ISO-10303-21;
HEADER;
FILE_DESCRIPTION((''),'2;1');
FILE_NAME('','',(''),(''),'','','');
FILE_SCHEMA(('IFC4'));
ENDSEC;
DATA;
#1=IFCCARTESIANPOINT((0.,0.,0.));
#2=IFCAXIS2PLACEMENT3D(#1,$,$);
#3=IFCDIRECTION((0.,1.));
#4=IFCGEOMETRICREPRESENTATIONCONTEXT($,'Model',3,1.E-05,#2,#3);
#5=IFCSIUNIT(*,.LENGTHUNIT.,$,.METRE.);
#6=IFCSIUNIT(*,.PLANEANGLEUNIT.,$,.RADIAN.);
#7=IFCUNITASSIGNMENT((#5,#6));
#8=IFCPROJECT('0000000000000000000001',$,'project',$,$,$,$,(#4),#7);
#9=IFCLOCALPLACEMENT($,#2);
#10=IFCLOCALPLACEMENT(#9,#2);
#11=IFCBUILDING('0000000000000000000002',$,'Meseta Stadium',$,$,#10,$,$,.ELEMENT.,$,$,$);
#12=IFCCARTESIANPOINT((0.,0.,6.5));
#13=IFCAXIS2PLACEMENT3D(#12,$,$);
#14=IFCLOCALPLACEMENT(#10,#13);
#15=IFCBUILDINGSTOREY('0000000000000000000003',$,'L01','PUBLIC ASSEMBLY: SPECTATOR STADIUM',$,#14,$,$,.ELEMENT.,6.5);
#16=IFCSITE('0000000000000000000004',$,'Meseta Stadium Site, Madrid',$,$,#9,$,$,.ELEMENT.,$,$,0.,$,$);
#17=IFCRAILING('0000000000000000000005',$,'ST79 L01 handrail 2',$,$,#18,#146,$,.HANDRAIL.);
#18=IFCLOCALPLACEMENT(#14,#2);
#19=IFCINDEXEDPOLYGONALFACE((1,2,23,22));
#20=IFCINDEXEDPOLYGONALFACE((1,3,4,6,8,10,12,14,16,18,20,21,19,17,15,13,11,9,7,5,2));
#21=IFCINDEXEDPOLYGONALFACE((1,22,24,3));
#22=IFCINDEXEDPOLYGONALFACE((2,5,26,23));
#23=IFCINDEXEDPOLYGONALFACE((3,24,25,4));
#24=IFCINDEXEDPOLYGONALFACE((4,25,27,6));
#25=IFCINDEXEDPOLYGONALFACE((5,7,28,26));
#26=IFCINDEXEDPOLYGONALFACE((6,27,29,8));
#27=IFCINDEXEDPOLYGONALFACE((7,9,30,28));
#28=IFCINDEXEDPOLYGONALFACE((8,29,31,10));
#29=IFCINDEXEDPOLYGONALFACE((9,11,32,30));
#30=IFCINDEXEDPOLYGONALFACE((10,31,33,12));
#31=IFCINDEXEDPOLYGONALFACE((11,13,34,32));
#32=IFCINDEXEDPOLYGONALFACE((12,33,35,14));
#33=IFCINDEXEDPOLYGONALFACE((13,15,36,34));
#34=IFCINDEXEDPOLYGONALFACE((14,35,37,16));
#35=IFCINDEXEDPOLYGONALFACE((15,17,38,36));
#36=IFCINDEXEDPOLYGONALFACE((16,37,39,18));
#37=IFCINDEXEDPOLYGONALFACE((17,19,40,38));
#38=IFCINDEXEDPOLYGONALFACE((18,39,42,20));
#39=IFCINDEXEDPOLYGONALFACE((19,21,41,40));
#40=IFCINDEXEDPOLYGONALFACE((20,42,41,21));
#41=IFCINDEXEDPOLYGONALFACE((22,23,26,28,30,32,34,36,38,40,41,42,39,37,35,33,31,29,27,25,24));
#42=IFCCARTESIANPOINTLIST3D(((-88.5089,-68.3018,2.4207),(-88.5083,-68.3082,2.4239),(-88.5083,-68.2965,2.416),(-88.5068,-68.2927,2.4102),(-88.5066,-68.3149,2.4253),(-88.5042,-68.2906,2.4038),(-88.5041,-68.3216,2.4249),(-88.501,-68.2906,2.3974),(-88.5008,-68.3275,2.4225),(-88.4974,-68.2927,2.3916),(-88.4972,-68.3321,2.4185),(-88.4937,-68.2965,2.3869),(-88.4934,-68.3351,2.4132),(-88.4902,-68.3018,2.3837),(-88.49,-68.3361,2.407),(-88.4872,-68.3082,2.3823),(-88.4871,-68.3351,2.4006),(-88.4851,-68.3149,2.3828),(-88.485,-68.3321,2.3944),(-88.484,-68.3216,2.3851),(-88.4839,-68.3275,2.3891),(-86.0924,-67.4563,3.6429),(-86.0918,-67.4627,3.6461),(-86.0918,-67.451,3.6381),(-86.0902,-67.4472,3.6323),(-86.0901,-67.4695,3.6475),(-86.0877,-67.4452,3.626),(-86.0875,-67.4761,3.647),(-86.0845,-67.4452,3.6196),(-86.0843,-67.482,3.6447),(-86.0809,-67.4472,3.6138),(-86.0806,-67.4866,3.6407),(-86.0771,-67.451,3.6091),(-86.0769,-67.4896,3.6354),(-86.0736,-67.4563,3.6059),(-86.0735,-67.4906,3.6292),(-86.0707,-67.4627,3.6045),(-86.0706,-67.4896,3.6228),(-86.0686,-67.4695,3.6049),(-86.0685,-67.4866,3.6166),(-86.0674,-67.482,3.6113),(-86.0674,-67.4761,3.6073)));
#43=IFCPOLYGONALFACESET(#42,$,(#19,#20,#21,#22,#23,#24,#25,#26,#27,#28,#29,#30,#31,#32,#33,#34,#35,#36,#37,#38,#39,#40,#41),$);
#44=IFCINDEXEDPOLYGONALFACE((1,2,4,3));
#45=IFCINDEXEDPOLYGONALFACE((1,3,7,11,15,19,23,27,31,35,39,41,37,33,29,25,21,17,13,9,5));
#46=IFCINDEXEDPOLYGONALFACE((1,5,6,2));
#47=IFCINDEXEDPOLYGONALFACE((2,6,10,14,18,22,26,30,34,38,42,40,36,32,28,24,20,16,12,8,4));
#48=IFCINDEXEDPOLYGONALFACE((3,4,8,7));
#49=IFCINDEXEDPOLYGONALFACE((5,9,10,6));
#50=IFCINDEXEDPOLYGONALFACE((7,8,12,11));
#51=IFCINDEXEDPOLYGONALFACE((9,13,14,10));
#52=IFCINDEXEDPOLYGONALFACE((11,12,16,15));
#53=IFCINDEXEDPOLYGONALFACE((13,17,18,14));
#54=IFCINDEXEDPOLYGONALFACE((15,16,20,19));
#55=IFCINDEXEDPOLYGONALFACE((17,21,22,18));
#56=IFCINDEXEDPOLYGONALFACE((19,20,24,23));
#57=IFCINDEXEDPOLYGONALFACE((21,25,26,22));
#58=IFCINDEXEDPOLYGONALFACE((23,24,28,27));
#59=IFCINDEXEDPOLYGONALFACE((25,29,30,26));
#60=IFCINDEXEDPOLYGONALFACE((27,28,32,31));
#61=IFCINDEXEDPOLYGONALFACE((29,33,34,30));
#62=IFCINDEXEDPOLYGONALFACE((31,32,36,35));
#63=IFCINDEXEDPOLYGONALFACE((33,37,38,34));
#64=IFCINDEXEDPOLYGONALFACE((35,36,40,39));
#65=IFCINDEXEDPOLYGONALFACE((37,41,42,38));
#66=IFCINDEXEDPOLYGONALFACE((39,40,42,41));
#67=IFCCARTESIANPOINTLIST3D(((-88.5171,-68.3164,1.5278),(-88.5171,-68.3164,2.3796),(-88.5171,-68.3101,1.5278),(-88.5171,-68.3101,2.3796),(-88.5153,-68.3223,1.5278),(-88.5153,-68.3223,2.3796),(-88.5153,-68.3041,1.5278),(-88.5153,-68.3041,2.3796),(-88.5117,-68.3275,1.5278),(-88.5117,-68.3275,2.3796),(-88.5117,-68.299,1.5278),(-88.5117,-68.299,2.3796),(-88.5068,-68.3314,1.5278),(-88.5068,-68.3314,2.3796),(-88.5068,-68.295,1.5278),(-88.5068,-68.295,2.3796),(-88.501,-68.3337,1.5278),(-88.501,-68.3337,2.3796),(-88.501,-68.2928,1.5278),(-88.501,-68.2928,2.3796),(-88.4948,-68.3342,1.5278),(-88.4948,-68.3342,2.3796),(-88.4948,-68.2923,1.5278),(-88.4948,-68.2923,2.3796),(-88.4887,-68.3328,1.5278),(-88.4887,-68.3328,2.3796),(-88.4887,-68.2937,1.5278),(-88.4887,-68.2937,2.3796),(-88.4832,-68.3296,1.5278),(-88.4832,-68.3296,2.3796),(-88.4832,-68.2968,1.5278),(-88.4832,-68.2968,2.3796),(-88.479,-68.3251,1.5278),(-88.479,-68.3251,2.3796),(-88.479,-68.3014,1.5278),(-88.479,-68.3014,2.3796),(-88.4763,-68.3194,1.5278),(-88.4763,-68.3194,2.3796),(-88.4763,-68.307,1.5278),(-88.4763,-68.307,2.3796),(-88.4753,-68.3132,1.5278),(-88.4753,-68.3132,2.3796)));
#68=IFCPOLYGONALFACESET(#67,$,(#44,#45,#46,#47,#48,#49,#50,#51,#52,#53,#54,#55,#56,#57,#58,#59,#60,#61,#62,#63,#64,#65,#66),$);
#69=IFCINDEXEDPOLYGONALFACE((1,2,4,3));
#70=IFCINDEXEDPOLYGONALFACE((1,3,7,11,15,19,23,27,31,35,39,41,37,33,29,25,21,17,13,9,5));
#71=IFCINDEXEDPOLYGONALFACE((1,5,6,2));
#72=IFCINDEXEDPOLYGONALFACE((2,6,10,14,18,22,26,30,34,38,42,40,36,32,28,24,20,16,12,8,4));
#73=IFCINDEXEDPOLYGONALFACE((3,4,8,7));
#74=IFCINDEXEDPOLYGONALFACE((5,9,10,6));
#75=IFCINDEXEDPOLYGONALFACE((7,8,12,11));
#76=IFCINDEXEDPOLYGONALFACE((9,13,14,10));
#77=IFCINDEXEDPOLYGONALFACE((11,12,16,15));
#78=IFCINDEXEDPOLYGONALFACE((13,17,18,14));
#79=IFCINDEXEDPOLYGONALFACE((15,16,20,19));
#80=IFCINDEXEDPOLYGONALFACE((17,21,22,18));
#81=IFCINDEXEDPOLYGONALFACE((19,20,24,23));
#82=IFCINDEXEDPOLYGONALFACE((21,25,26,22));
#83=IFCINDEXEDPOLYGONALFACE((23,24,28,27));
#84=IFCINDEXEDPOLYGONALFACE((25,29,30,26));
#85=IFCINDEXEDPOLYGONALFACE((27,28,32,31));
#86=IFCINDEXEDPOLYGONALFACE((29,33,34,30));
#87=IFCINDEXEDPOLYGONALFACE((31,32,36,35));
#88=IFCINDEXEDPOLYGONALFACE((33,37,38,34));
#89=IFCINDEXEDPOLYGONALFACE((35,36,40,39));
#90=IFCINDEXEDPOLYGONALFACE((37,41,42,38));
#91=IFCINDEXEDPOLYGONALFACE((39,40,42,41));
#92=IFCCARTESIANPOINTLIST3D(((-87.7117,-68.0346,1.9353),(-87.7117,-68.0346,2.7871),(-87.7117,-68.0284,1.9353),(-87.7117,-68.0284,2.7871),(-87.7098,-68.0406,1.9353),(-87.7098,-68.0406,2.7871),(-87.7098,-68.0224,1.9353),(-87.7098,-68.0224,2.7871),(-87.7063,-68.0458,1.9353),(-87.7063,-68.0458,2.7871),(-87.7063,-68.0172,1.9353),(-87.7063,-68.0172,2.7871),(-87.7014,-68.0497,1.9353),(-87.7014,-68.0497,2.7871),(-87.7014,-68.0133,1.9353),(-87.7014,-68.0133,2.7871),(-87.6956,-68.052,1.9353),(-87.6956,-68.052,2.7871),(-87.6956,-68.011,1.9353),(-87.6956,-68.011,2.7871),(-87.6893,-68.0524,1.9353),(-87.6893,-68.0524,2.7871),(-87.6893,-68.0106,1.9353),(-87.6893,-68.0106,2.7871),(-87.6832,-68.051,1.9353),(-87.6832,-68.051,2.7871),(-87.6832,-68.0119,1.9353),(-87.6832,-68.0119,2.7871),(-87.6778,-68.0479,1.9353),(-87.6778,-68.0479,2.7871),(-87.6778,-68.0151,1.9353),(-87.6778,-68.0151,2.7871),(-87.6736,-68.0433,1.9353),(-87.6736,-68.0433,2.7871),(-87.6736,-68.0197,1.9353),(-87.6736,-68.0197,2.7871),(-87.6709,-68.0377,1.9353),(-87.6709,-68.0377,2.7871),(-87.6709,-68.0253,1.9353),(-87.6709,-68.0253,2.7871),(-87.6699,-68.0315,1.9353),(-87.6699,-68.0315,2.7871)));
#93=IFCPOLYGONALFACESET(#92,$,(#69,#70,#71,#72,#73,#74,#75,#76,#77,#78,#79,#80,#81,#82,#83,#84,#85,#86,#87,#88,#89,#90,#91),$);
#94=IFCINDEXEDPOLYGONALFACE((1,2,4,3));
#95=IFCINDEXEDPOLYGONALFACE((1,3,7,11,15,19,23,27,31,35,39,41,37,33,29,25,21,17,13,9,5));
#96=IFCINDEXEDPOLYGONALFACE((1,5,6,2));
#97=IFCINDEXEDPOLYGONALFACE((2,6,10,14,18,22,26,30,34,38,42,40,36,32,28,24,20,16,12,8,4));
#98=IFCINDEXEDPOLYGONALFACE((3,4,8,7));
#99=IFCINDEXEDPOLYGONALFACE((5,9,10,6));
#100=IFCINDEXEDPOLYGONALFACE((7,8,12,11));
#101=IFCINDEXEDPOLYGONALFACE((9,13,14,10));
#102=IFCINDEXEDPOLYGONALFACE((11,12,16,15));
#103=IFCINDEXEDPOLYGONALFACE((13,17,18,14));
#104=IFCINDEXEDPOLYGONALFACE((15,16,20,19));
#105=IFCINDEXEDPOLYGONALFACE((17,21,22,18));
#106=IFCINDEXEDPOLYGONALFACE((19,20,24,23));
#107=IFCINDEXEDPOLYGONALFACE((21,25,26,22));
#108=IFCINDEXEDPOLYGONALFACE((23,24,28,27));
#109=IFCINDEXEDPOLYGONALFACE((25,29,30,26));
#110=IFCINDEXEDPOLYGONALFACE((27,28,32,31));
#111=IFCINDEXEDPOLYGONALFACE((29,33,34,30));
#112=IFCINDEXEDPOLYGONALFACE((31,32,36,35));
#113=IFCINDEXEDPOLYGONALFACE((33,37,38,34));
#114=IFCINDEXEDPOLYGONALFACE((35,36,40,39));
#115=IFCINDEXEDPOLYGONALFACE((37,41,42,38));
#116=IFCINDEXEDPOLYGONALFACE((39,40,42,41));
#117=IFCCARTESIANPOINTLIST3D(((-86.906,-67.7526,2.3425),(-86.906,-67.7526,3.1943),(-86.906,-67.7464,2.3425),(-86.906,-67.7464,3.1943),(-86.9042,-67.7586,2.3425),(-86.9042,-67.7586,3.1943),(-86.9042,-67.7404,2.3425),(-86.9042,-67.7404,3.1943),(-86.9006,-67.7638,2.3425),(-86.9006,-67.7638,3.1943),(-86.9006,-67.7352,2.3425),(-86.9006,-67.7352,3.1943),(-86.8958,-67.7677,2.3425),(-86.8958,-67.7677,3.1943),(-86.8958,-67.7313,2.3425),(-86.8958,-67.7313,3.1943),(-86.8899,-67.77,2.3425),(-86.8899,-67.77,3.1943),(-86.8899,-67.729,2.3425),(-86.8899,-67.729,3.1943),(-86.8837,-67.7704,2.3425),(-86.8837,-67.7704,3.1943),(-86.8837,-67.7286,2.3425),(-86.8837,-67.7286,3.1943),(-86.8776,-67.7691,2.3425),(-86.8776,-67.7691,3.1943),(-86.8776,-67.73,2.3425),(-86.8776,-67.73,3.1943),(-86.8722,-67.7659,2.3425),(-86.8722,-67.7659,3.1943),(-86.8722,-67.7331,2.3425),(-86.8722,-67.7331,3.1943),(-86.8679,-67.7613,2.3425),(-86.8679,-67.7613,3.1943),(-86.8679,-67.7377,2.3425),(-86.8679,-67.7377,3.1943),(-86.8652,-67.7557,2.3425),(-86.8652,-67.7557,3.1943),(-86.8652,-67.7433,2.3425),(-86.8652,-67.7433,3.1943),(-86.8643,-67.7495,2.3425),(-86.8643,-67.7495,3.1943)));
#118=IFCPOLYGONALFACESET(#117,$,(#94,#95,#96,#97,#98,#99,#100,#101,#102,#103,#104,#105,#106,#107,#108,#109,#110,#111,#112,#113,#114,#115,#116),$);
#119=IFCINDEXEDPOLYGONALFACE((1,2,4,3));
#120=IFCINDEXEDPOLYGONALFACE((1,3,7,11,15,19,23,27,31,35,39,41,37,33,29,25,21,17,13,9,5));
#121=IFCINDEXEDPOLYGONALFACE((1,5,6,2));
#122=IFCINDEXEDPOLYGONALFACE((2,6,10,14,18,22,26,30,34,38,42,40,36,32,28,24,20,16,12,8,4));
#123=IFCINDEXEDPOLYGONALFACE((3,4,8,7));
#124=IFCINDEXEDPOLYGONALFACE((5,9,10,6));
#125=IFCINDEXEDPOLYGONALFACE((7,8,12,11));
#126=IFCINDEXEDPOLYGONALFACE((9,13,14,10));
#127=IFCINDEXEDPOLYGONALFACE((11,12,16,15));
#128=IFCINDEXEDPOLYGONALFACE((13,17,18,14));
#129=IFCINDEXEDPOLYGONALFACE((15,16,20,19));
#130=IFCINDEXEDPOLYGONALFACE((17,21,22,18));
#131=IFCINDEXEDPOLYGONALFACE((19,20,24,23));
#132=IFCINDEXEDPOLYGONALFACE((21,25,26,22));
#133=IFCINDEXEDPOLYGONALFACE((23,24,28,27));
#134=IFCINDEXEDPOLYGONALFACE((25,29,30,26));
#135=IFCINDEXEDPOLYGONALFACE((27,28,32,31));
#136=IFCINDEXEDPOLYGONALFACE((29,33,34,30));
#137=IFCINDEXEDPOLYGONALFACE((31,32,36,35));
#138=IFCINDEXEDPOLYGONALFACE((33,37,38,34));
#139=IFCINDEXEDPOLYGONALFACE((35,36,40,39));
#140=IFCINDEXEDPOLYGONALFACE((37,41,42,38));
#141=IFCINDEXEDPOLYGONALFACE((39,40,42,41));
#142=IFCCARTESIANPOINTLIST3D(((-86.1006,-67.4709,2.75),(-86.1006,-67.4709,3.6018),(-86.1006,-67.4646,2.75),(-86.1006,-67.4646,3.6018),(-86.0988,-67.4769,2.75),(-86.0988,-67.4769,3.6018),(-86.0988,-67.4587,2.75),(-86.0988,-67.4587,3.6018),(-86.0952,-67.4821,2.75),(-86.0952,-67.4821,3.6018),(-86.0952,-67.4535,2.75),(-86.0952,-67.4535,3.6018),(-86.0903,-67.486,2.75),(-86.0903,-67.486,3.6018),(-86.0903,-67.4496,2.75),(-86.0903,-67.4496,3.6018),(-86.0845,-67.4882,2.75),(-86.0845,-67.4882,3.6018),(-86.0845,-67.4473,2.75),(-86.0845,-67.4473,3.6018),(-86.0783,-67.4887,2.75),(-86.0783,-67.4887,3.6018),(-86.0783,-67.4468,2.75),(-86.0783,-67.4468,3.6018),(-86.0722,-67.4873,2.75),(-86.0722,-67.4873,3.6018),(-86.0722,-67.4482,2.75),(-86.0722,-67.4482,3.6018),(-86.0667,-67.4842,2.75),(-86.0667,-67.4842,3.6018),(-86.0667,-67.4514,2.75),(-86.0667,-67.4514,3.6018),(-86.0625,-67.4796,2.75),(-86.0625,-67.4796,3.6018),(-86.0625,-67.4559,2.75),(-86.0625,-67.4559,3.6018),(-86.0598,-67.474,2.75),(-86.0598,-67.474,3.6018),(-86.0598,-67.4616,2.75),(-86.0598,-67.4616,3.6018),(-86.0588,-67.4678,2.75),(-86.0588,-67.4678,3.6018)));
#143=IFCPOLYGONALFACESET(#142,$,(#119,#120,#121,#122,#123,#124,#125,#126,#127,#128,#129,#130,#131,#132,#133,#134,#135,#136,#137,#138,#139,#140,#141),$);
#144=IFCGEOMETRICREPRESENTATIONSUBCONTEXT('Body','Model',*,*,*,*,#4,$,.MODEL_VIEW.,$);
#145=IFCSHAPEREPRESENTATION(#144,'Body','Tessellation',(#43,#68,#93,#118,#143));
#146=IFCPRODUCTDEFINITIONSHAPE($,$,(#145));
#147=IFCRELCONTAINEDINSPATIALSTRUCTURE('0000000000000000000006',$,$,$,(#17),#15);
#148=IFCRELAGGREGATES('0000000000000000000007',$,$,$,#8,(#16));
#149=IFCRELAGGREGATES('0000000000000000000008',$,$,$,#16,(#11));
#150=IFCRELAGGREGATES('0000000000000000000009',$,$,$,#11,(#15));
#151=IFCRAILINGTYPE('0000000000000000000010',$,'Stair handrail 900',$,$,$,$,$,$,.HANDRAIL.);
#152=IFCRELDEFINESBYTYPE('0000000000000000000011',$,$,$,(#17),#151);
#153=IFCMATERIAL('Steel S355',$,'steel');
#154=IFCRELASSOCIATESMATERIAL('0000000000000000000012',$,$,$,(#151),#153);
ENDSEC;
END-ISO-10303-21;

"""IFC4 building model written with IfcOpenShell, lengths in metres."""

from ifc_helpers import new_model, si_unit, direction, frame, origin, origin_2d, place, context, subcontext, project, spatial, circle, extrude, material, type_object, element, save


model = new_model("IFC4")

# Units and contexts
model_context = context("Model", 3, precision=1e-05, world=origin(), true_north=direction((0.0, 1.0)))
body_context = subcontext(model_context, "Body", "Model", "MODEL_VIEW")
ifc_project = project(units=[si_unit("LENGTHUNIT", "METRE"), si_unit("PLANEANGLEUNIT", "RADIAN")], contexts=[model_context])

# Site, building, storey
site_placement = place(None, origin())
site = spatial("IfcSite", under=ifc_project, at=site_placement, Name="Meseta Stadium Site, Madrid", CompositionType="ELEMENT", RefElevation=0.0)
building_placement = place(site_placement, origin())
building = spatial("IfcBuilding", under=site, at=building_placement, Name="Meseta Stadium", CompositionType="ELEMENT")
storey_placement = place(building_placement, frame((0.0, 0.0, 6.5)))
storey = spatial("IfcBuildingStorey", under=building, at=storey_placement, Name="L01", Description="PUBLIC ASSEMBLY: SPECTATOR STADIUM", CompositionType="ELEMENT", Elevation=6.5)

# Railing
ifc_material_1 = material(Name="Steel S355", Category="steel")
railing_type_1 = type_object("IfcRailingType", Name="Stair handrail 900", PredefinedType="HANDRAIL", material=ifc_material_1)
for number, where, name in (
    (1, (-88.4963, -68.3132, 1.5278), "ST79 L01 handrail 2"),
):
    element("IfcRailing", number, at=place(storey_placement, frame(where)), inside=storey, type_object=railing_type_1, Name=name, PredefinedType="HANDRAIL", context=body_context, shape_type="SweptSolid", body=[
        extrude(circle(Radius=0.0239, at=origin_2d()), frame((0.0, 0.0, 0.876), z_axis=(0.851812, 0.298022, 0.430811), x_axis=(-0.33024, 0.943897, 0.0)), (0.0, 0.0, 1.0), 2.8369),
        extrude(circle(Radius=0.021, at=origin_2d()), origin(), (0.0, 0.0, 1.0), 0.8518),
        extrude(circle(Radius=0.021, at=origin_2d()), frame((0.8054, 0.2817, 0.4075)), (0.0, 0.0, 1.0), 0.8518),
        extrude(circle(Radius=0.021, at=origin_2d()), frame((1.6111, 0.5637, 0.8147)), (0.0, 0.0, 1.0), 0.8518),
        extrude(circle(Radius=0.021, at=origin_2d()), frame((2.4165, 0.8455, 1.2222)), (0.0, 0.0, 1.0), 0.8518),
    ])

save(model, "model.ifc")
